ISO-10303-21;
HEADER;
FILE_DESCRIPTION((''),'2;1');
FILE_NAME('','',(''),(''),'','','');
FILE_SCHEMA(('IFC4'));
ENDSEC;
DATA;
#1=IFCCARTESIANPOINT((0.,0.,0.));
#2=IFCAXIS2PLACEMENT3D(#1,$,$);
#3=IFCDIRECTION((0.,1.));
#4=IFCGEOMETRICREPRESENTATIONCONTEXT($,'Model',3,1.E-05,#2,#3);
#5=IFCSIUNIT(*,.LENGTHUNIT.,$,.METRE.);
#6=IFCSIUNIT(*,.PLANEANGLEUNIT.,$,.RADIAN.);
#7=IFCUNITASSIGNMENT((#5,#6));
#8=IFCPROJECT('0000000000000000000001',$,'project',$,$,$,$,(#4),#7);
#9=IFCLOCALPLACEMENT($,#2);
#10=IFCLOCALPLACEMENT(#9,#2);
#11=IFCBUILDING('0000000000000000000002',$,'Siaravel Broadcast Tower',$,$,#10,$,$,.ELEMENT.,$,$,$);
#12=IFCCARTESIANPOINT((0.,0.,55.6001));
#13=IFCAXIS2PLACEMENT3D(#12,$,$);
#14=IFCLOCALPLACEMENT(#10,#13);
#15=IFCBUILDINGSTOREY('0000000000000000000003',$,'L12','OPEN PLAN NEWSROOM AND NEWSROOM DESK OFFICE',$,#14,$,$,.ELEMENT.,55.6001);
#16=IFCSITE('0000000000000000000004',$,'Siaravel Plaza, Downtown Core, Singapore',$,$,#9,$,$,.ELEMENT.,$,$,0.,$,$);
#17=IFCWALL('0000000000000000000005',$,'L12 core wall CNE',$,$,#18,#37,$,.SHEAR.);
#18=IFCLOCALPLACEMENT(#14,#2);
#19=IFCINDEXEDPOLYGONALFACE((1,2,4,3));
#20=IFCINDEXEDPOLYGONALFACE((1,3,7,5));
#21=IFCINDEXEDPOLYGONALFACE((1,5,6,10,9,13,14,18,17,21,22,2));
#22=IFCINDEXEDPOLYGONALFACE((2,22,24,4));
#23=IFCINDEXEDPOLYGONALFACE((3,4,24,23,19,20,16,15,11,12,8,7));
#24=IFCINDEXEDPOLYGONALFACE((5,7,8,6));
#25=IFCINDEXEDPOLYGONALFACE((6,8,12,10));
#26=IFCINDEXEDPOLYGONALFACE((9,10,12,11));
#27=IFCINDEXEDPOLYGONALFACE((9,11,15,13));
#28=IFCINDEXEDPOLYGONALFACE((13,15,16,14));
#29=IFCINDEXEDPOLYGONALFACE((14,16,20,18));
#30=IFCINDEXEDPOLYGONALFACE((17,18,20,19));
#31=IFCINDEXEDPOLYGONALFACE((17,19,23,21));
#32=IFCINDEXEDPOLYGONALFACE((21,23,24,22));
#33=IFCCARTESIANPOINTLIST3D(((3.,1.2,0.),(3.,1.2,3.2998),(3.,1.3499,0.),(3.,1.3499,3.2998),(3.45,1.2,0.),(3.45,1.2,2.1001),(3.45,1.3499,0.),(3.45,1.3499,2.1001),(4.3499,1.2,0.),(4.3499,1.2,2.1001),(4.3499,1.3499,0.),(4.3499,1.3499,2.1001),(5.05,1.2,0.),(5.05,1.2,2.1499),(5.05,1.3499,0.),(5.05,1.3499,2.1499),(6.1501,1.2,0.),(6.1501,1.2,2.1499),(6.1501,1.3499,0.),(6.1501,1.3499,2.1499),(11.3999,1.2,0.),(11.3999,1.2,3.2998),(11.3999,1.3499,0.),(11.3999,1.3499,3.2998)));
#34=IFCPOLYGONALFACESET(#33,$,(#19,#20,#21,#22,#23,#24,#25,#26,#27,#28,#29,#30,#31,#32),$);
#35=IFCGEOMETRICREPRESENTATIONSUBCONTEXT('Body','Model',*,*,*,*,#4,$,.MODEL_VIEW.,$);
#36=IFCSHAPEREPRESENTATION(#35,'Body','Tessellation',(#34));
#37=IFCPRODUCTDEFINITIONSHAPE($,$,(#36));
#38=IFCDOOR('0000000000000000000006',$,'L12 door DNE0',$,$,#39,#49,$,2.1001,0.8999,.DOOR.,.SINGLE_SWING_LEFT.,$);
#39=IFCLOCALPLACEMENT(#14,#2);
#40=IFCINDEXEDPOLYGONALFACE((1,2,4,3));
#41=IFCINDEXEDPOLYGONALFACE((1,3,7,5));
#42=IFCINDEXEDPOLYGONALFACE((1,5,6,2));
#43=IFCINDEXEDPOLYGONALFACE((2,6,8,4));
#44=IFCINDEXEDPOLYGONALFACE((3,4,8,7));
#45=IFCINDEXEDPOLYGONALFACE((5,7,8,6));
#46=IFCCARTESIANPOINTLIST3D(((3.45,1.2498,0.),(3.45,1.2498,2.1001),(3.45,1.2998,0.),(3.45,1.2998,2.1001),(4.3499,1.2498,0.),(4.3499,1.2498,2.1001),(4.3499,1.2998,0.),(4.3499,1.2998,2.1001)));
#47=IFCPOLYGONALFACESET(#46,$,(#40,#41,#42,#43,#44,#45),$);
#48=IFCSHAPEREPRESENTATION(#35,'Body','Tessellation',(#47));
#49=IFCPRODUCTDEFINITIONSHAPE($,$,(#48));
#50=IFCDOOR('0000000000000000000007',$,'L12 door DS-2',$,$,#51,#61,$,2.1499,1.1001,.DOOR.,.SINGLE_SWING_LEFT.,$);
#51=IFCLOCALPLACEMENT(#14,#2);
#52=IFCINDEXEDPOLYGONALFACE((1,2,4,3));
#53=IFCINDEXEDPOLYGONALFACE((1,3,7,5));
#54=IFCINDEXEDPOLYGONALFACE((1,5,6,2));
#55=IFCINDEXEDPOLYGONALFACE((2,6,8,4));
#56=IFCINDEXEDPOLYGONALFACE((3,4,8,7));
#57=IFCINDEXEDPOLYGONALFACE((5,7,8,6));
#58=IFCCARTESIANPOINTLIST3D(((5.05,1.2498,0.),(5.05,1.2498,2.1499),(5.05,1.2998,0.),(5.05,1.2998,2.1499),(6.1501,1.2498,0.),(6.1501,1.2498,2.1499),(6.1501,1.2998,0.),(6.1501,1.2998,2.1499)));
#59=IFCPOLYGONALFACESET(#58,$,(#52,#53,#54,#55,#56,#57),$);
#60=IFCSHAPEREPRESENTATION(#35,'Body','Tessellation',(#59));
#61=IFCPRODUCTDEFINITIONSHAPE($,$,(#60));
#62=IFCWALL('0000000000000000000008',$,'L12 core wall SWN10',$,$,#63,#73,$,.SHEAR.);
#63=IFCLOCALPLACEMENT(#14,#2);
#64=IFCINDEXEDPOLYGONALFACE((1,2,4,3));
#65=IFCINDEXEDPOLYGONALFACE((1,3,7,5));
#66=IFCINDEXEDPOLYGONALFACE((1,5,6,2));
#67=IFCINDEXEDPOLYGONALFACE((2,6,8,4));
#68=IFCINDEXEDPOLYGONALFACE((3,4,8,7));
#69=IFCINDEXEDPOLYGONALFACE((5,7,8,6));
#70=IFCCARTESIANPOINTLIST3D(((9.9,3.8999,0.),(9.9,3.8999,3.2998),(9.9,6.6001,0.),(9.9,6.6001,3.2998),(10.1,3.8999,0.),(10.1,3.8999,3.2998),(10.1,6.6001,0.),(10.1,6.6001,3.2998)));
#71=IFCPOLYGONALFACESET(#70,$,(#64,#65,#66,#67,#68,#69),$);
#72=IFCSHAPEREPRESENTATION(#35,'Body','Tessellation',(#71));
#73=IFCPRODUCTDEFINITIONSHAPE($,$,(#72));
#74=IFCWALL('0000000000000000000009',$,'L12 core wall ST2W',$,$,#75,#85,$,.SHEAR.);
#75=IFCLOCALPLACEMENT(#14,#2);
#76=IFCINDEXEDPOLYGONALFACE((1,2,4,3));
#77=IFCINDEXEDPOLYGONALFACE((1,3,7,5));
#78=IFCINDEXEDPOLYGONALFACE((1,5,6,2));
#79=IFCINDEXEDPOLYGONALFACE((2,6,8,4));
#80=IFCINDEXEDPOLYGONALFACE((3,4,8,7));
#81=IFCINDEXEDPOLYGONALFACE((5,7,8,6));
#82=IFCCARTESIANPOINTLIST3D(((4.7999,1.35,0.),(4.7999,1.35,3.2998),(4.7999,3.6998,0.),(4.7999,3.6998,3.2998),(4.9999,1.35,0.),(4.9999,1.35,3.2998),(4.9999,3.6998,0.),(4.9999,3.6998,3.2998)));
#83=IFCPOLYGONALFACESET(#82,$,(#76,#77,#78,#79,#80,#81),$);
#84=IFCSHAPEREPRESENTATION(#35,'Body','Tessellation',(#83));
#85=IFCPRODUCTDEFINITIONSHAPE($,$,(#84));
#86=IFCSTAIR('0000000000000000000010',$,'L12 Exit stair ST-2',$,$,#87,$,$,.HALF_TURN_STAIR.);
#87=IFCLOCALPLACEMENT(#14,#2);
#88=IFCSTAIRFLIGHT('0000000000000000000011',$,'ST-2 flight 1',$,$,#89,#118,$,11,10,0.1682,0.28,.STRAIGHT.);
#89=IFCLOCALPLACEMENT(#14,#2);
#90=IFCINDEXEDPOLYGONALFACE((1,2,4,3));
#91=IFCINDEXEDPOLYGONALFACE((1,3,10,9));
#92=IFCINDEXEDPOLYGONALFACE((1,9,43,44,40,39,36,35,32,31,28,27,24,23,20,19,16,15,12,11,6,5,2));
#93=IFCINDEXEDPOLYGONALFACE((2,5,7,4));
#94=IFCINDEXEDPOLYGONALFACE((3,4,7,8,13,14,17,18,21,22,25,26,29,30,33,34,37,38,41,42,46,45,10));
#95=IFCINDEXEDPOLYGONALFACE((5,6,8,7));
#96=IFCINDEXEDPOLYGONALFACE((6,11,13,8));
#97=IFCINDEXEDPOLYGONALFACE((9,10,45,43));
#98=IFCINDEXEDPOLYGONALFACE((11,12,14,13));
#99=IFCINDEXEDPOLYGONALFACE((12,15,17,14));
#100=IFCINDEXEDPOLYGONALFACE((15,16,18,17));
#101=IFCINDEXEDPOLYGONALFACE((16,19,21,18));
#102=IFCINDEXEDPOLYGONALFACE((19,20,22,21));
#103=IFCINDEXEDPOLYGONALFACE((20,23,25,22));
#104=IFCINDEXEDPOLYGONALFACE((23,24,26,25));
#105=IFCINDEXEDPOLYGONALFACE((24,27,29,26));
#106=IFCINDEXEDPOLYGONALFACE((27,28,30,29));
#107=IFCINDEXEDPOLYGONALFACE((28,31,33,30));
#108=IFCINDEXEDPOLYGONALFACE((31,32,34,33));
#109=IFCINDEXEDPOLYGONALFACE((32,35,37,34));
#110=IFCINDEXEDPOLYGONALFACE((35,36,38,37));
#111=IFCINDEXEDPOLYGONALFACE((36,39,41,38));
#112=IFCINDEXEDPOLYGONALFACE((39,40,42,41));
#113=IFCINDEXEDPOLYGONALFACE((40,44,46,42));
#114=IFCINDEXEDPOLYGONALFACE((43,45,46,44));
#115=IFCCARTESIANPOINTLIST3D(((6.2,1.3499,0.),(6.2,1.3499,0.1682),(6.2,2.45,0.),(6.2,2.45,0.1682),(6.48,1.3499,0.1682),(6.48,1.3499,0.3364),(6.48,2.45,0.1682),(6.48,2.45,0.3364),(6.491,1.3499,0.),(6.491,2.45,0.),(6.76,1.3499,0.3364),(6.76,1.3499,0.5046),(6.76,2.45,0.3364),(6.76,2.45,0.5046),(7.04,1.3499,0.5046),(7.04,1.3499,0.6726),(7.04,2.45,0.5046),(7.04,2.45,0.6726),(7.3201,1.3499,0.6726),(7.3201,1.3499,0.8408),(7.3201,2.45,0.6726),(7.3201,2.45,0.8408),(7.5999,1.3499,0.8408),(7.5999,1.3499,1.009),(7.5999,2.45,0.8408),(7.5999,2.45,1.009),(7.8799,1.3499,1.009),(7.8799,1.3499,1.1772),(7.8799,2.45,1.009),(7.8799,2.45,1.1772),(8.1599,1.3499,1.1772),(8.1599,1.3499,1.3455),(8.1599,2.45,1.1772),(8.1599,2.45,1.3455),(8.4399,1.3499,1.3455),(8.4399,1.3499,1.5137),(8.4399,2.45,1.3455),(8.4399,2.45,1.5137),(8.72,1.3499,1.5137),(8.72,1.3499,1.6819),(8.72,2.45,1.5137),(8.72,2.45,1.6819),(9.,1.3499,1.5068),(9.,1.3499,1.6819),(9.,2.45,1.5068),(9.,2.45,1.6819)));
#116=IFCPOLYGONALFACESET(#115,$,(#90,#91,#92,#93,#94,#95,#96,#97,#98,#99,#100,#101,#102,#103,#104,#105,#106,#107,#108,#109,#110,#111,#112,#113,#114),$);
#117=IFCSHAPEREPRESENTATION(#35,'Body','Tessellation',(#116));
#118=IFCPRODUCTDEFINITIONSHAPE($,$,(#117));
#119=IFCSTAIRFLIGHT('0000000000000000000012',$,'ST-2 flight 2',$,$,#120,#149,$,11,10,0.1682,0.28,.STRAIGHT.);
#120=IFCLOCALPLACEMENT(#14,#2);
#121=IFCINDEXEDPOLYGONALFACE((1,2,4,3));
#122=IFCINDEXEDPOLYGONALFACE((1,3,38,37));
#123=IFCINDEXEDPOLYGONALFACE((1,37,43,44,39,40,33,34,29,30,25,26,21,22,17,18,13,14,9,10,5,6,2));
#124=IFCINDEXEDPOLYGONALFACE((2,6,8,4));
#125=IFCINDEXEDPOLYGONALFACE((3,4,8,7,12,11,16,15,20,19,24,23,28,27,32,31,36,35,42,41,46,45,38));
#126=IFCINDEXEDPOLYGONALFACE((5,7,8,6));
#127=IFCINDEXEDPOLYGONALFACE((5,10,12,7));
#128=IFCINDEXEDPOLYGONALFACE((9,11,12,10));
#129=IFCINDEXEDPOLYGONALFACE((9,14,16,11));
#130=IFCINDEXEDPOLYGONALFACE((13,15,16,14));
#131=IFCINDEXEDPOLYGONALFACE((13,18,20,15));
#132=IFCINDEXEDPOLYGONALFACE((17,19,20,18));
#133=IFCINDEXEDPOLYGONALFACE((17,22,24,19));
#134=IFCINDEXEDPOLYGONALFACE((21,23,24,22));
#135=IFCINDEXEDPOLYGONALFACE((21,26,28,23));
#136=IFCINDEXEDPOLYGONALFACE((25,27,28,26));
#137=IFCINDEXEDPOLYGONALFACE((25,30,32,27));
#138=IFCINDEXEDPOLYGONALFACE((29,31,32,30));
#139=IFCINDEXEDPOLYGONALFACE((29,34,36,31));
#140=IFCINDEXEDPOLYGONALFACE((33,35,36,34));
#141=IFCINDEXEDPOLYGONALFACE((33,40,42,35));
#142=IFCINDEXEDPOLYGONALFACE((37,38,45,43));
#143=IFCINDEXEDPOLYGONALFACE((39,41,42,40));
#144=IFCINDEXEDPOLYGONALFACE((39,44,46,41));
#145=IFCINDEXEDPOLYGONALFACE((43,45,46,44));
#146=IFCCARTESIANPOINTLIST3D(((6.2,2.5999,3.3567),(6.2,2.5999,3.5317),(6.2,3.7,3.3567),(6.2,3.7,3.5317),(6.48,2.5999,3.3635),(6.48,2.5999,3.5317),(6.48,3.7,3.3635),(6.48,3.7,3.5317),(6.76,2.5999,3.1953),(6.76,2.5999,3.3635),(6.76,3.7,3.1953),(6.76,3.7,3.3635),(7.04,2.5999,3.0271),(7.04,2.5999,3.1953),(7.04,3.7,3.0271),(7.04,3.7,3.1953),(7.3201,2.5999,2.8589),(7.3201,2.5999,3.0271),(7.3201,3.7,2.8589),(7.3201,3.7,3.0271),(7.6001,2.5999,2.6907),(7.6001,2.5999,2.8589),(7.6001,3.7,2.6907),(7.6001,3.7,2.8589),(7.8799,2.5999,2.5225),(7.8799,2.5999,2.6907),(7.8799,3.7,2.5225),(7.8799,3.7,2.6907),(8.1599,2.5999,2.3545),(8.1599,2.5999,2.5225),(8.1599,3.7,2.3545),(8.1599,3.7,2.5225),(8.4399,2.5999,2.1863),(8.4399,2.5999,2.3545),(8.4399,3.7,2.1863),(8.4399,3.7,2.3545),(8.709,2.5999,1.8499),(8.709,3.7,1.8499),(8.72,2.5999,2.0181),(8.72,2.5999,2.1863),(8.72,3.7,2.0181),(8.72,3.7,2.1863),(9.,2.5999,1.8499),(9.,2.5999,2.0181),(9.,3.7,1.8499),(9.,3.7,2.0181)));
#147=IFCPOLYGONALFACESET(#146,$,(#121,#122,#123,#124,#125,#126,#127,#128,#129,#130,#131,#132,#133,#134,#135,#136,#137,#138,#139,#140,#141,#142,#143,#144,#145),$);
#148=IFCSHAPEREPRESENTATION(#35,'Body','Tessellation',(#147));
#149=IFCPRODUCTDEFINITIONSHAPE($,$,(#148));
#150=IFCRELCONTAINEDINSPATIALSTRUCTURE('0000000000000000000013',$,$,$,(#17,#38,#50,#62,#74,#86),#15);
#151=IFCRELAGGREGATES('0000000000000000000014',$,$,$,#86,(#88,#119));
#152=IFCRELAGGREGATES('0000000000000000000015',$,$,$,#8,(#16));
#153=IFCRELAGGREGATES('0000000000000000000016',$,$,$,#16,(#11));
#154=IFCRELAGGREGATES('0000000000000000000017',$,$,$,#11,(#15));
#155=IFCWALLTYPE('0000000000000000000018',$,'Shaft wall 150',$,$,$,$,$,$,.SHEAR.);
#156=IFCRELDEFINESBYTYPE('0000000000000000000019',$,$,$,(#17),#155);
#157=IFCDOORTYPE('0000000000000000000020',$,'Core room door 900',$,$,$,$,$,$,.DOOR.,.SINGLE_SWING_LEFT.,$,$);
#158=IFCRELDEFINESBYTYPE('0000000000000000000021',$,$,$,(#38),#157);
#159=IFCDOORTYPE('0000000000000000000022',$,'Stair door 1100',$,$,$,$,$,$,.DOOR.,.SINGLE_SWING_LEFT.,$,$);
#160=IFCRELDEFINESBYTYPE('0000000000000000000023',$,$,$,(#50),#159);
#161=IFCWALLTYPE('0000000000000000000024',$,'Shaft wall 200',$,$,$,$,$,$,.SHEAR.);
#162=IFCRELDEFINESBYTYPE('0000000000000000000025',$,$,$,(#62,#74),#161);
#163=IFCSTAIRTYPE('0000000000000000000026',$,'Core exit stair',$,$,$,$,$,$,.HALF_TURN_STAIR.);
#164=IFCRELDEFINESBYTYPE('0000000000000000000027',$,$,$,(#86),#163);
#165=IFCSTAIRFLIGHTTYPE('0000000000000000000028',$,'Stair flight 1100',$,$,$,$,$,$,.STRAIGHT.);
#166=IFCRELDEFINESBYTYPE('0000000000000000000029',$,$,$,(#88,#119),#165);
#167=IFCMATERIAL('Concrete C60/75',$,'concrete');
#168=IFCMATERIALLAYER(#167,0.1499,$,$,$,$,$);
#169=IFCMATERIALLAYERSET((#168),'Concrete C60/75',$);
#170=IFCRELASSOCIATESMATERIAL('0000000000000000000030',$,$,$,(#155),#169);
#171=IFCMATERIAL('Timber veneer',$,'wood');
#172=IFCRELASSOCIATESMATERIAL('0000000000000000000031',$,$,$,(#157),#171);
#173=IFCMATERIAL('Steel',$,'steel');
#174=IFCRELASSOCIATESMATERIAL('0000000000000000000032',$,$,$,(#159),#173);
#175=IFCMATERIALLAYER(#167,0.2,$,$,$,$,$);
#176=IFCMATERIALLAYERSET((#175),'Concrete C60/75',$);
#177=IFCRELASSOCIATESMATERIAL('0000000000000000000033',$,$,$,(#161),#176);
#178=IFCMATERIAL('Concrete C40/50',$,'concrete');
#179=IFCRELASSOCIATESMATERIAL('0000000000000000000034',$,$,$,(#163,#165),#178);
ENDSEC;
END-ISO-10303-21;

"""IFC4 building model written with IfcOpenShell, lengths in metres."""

from ifc_helpers import new_model, si_unit, direction, frame, frame_2d, origin, place, context, subcontext, project, spatial, polyline, rectangle, outline, extrude, material, layer, layer_set, type_object, element, fill, aggregate, save


model = new_model("IFC4")

# Units and contexts
model_context = context("Model", 3, precision=1e-05, world=origin(), true_north=direction((0.0, 1.0)))
body_context = subcontext(model_context, "Body", "Model", "MODEL_VIEW")
ifc_project = project(units=[si_unit("LENGTHUNIT", "METRE"), si_unit("PLANEANGLEUNIT", "RADIAN")], contexts=[model_context])

# Site, building, storey
site_placement = place(None, origin())
site = spatial("IfcSite", under=ifc_project, at=site_placement, Name="Siaravel Plaza, Downtown Core, Singapore", CompositionType="ELEMENT", RefElevation=0.0)
building_placement = place(site_placement, origin())
building = spatial("IfcBuilding", under=site, at=building_placement, Name="Siaravel Broadcast Tower", CompositionType="ELEMENT")
storey_placement = place(building_placement, frame((0.0, 0.0, 55.6001)))
storey = spatial("IfcBuildingStorey", under=building, at=storey_placement, Name="L12", Description="OPEN PLAN NEWSROOM AND NEWSROOM DESK OFFICE", CompositionType="ELEMENT", Elevation=55.6001)

# Shared definitions
ifc_material_1 = material(Name="Concrete C40/50", Category="concrete")

# Shared definitions
ifc_material_2 = material(Name="Timber veneer", Category="wood")

# Wall, openings, doors
ifc_material_3 = material(Name="Concrete C60/75", Category="concrete")
ifc_layer_1 = layer(ifc_material_3, 0.1499)
ifc_layer_set_1 = layer_set([ifc_layer_1], Name="Concrete C60/75")
wall_type_1 = type_object("IfcWallType", Name="Shaft wall 150", PredefinedType="SHEAR", material=ifc_layer_set_1)
wall_1_placement = place(storey_placement, frame((3.0, 1.2749, 0.0), z_axis=(0.0, 0.0, 1.0), x_axis=(1.0, 0.0, 0.0)))
wall_1 = element("IfcWall", 1, at=wall_1_placement, inside=storey, type_object=wall_type_1, Name="L12 core wall CNE", PredefinedType="SHEAR", context=body_context, shape_type="SweptSolid", body=[
    extrude(rectangle(XDim=8.3999, YDim=0.1499, at=frame_2d((4.2, 0.0))), origin(), (0.0, 0.0, 1.0), 3.2998),
])
opening_1_placement = place(wall_1_placement, frame((2.05, 0.0, 0.0)))
opening_1 = element("IfcOpeningElement", 2, at=opening_1_placement, cuts=wall_1, PredefinedType="OPENING", context=body_context, shape_type="SweptSolid", body=[
    extrude(rectangle(XDim=1.1001, YDim=2.1499, at=frame_2d((0.55, 1.075))), frame((0.0, 0.085, 0.0), z_axis=(0.0, -1.0, 0.0), x_axis=(1.0, 0.0, 0.0)), (0.0, 0.0, 1.0), 0.1699),
])
opening_2_placement = place(wall_1_placement, frame((0.45, 0.0, 0.0)))
opening_2 = element("IfcOpeningElement", 3, at=opening_2_placement, cuts=wall_1, PredefinedType="OPENING", context=body_context, shape_type="SweptSolid", body=[
    extrude(rectangle(XDim=0.8999, YDim=2.1001, at=frame_2d((0.45, 1.05))), frame((0.0, 0.085, 0.0), z_axis=(0.0, -1.0, 0.0), x_axis=(1.0, 0.0, 0.0)), (0.0, 0.0, 1.0), 0.1699),
])
door_type_1 = type_object("IfcDoorType", Name="Core room door 900", OperationType="SINGLE_SWING_LEFT", PredefinedType="DOOR", material=ifc_material_2)
door_1_placement = place(opening_2_placement, origin())
door_1 = element("IfcDoor", 4, at=door_1_placement, inside=storey, type_object=door_type_1, Name="L12 door DNE0", OperationType="SINGLE_SWING_LEFT", OverallHeight=2.1001, OverallWidth=0.8999, PredefinedType="DOOR", context=body_context, shape_type="SweptSolid", body=[
    extrude(rectangle(XDim=0.8999, YDim=2.1001, at=frame_2d((0.45, 1.05))), frame((0.0, 0.0249, 0.0), z_axis=(0.0, -1.0, 0.0), x_axis=(1.0, 0.0, 0.0)), (0.0, 0.0, 1.0), 0.05),
])
fill(opening_2, door_1)
ifc_material_4 = material(Name="Steel", Category="steel")
door_type_2 = type_object("IfcDoorType", Name="Stair door 1100", OperationType="SINGLE_SWING_LEFT", PredefinedType="DOOR", material=ifc_material_4)
door_2_placement = place(opening_1_placement, origin())
door_2 = element("IfcDoor", 5, at=door_2_placement, inside=storey, type_object=door_type_2, Name="L12 door DS-2", OperationType="SINGLE_SWING_LEFT", OverallHeight=2.1499, OverallWidth=1.1001, PredefinedType="DOOR", context=body_context, shape_type="SweptSolid", body=[
    extrude(rectangle(XDim=1.1001, YDim=2.1499, at=frame_2d((0.55, 1.075))), frame((0.0, 0.0249, 0.0), z_axis=(0.0, -1.0, 0.0), x_axis=(1.0, 0.0, 0.0)), (0.0, 0.0, 1.0), 0.05),
])
fill(opening_1, door_2)

# Walls
ifc_layer_2 = layer(ifc_material_3, 0.2)
ifc_layer_set_2 = layer_set([ifc_layer_2], Name="Concrete C60/75")
wall_type_2 = type_object("IfcWallType", Name="Shaft wall 200", PredefinedType="SHEAR", material=ifc_layer_set_2)
wall_2_placement = place(storey_placement, frame((10.0, 3.8999, 0.0), z_axis=(0.0, 0.0, 1.0), x_axis=(0.0, 1.0, 0.0)))
element("IfcWall", 6, at=wall_2_placement, inside=storey, type_object=wall_type_2, Name="L12 core wall SWN10", PredefinedType="SHEAR", context=body_context, shape_type="SweptSolid", body=[
    extrude(rectangle(XDim=2.7002, YDim=0.2, at=frame_2d((1.3501, 0.0))), origin(), (0.0, 0.0, 1.0), 3.2998),
])
wall_3_placement = place(storey_placement, frame((4.8999, 1.3501, 0.0), z_axis=(0.0, 0.0, 1.0), x_axis=(0.0, 1.0, 0.0)))
element("IfcWall", 7, at=wall_3_placement, inside=storey, type_object=wall_type_2, Name="L12 core wall ST2W", PredefinedType="SHEAR", context=body_context, shape_type="SweptSolid", body=[
    extrude(rectangle(XDim=2.3499, YDim=0.2, at=frame_2d((1.1748, 0.0))), origin(), (0.0, 0.0, 1.0), 3.2998),
])

# Stair, stair flights
stair_type = type_object("IfcStairType", Name="Core exit stair", PredefinedType="HALF_TURN_STAIR", material=ifc_material_1)
stair_placement = place(storey_placement, origin())
stair = element("IfcStair", 8, at=stair_placement, inside=storey, type_object=stair_type, Name="L12 Exit stair ST-2", PredefinedType="HALF_TURN_STAIR")
stair_flight_type = type_object("IfcStairFlightType", Name="Stair flight 1100", PredefinedType="STRAIGHT", material=ifc_material_1)
stair_flight_1_placement = place(storey_placement, frame((6.2, 1.8999, 0.0), z_axis=(0.0, 0.0, 1.0), x_axis=(1.0, 0.0, 0.0)))
stair_flight_1 = element("IfcStairFlight", 9, at=stair_flight_1_placement, type_object=stair_flight_type, Name="ST-2 flight 1", NumberOfRisers=11, NumberOfTreads=10, PredefinedType="STRAIGHT", RiserHeight=0.1682, TreadLength=0.28, context=body_context, shape_type="SweptSolid", body=[
    extrude(outline(polyline([(0.0, 0.0), (0.0, 0.1682), (0.28, 0.1682), (0.28, 0.3364), (0.5601, 0.3364), (0.5601, 0.5046), (0.8401, 0.5046), (0.8401, 0.6726), (1.1201, 0.6726), (1.1201, 0.8408), (1.3999, 0.8408), (1.3999, 1.009), (1.6799, 1.009), (1.6799, 1.1772), (1.96, 1.1772), (1.96, 1.3455), (2.24, 1.3455), (2.24, 1.5137), (2.52, 1.5137), (2.52, 1.6819), (2.8, 1.6819), (2.8, 1.8501), (2.8, 1.5068), (0.291, 0.0), (0.0, 0.0)])), frame((0.0, 0.55, 0.0), z_axis=(0.0, -1.0, 0.0), x_axis=(1.0, 0.0, 0.0)), (0.0, 0.0, 1.0), 1.1001),
])
stair_flight_2_placement = place(storey_placement, frame((9.0, 3.1499, 1.8499), z_axis=(0.0, 0.0, 1.0), x_axis=(-1.0, 0.0, 0.0)))
stair_flight_2 = element("IfcStairFlight", 10, at=stair_flight_2_placement, type_object=stair_flight_type, Name="ST-2 flight 2", NumberOfRisers=11, NumberOfTreads=10, PredefinedType="STRAIGHT", RiserHeight=0.1682, TreadLength=0.28, context=body_context, shape_type="SweptSolid", body=[
    extrude(outline(polyline([(0.0, 0.0), (0.0, 0.1682), (0.28, 0.1682), (0.28, 0.3364), (0.5601, 0.3364), (0.5601, 0.5046), (0.8401, 0.5046), (0.8401, 0.6726), (1.1201, 0.6726), (1.1201, 0.8408), (1.3999, 0.8408), (1.3999, 1.009), (1.6799, 1.009), (1.6799, 1.1772), (1.96, 1.1772), (1.96, 1.3455), (2.24, 1.3455), (2.24, 1.5137), (2.52, 1.5137), (2.52, 1.6819), (2.8, 1.6819), (2.8, 1.8501), (2.8, 1.5068), (0.291, 0.0), (0.0, 0.0)])), frame((0.0, 0.55, 0.0), z_axis=(0.0, -1.0, 0.0), x_axis=(1.0, 0.0, 0.0)), (0.0, 0.0, 1.0), 1.1001),
])
aggregate(stair, [stair_flight_1, stair_flight_2])

save(model, "model.ifc")
